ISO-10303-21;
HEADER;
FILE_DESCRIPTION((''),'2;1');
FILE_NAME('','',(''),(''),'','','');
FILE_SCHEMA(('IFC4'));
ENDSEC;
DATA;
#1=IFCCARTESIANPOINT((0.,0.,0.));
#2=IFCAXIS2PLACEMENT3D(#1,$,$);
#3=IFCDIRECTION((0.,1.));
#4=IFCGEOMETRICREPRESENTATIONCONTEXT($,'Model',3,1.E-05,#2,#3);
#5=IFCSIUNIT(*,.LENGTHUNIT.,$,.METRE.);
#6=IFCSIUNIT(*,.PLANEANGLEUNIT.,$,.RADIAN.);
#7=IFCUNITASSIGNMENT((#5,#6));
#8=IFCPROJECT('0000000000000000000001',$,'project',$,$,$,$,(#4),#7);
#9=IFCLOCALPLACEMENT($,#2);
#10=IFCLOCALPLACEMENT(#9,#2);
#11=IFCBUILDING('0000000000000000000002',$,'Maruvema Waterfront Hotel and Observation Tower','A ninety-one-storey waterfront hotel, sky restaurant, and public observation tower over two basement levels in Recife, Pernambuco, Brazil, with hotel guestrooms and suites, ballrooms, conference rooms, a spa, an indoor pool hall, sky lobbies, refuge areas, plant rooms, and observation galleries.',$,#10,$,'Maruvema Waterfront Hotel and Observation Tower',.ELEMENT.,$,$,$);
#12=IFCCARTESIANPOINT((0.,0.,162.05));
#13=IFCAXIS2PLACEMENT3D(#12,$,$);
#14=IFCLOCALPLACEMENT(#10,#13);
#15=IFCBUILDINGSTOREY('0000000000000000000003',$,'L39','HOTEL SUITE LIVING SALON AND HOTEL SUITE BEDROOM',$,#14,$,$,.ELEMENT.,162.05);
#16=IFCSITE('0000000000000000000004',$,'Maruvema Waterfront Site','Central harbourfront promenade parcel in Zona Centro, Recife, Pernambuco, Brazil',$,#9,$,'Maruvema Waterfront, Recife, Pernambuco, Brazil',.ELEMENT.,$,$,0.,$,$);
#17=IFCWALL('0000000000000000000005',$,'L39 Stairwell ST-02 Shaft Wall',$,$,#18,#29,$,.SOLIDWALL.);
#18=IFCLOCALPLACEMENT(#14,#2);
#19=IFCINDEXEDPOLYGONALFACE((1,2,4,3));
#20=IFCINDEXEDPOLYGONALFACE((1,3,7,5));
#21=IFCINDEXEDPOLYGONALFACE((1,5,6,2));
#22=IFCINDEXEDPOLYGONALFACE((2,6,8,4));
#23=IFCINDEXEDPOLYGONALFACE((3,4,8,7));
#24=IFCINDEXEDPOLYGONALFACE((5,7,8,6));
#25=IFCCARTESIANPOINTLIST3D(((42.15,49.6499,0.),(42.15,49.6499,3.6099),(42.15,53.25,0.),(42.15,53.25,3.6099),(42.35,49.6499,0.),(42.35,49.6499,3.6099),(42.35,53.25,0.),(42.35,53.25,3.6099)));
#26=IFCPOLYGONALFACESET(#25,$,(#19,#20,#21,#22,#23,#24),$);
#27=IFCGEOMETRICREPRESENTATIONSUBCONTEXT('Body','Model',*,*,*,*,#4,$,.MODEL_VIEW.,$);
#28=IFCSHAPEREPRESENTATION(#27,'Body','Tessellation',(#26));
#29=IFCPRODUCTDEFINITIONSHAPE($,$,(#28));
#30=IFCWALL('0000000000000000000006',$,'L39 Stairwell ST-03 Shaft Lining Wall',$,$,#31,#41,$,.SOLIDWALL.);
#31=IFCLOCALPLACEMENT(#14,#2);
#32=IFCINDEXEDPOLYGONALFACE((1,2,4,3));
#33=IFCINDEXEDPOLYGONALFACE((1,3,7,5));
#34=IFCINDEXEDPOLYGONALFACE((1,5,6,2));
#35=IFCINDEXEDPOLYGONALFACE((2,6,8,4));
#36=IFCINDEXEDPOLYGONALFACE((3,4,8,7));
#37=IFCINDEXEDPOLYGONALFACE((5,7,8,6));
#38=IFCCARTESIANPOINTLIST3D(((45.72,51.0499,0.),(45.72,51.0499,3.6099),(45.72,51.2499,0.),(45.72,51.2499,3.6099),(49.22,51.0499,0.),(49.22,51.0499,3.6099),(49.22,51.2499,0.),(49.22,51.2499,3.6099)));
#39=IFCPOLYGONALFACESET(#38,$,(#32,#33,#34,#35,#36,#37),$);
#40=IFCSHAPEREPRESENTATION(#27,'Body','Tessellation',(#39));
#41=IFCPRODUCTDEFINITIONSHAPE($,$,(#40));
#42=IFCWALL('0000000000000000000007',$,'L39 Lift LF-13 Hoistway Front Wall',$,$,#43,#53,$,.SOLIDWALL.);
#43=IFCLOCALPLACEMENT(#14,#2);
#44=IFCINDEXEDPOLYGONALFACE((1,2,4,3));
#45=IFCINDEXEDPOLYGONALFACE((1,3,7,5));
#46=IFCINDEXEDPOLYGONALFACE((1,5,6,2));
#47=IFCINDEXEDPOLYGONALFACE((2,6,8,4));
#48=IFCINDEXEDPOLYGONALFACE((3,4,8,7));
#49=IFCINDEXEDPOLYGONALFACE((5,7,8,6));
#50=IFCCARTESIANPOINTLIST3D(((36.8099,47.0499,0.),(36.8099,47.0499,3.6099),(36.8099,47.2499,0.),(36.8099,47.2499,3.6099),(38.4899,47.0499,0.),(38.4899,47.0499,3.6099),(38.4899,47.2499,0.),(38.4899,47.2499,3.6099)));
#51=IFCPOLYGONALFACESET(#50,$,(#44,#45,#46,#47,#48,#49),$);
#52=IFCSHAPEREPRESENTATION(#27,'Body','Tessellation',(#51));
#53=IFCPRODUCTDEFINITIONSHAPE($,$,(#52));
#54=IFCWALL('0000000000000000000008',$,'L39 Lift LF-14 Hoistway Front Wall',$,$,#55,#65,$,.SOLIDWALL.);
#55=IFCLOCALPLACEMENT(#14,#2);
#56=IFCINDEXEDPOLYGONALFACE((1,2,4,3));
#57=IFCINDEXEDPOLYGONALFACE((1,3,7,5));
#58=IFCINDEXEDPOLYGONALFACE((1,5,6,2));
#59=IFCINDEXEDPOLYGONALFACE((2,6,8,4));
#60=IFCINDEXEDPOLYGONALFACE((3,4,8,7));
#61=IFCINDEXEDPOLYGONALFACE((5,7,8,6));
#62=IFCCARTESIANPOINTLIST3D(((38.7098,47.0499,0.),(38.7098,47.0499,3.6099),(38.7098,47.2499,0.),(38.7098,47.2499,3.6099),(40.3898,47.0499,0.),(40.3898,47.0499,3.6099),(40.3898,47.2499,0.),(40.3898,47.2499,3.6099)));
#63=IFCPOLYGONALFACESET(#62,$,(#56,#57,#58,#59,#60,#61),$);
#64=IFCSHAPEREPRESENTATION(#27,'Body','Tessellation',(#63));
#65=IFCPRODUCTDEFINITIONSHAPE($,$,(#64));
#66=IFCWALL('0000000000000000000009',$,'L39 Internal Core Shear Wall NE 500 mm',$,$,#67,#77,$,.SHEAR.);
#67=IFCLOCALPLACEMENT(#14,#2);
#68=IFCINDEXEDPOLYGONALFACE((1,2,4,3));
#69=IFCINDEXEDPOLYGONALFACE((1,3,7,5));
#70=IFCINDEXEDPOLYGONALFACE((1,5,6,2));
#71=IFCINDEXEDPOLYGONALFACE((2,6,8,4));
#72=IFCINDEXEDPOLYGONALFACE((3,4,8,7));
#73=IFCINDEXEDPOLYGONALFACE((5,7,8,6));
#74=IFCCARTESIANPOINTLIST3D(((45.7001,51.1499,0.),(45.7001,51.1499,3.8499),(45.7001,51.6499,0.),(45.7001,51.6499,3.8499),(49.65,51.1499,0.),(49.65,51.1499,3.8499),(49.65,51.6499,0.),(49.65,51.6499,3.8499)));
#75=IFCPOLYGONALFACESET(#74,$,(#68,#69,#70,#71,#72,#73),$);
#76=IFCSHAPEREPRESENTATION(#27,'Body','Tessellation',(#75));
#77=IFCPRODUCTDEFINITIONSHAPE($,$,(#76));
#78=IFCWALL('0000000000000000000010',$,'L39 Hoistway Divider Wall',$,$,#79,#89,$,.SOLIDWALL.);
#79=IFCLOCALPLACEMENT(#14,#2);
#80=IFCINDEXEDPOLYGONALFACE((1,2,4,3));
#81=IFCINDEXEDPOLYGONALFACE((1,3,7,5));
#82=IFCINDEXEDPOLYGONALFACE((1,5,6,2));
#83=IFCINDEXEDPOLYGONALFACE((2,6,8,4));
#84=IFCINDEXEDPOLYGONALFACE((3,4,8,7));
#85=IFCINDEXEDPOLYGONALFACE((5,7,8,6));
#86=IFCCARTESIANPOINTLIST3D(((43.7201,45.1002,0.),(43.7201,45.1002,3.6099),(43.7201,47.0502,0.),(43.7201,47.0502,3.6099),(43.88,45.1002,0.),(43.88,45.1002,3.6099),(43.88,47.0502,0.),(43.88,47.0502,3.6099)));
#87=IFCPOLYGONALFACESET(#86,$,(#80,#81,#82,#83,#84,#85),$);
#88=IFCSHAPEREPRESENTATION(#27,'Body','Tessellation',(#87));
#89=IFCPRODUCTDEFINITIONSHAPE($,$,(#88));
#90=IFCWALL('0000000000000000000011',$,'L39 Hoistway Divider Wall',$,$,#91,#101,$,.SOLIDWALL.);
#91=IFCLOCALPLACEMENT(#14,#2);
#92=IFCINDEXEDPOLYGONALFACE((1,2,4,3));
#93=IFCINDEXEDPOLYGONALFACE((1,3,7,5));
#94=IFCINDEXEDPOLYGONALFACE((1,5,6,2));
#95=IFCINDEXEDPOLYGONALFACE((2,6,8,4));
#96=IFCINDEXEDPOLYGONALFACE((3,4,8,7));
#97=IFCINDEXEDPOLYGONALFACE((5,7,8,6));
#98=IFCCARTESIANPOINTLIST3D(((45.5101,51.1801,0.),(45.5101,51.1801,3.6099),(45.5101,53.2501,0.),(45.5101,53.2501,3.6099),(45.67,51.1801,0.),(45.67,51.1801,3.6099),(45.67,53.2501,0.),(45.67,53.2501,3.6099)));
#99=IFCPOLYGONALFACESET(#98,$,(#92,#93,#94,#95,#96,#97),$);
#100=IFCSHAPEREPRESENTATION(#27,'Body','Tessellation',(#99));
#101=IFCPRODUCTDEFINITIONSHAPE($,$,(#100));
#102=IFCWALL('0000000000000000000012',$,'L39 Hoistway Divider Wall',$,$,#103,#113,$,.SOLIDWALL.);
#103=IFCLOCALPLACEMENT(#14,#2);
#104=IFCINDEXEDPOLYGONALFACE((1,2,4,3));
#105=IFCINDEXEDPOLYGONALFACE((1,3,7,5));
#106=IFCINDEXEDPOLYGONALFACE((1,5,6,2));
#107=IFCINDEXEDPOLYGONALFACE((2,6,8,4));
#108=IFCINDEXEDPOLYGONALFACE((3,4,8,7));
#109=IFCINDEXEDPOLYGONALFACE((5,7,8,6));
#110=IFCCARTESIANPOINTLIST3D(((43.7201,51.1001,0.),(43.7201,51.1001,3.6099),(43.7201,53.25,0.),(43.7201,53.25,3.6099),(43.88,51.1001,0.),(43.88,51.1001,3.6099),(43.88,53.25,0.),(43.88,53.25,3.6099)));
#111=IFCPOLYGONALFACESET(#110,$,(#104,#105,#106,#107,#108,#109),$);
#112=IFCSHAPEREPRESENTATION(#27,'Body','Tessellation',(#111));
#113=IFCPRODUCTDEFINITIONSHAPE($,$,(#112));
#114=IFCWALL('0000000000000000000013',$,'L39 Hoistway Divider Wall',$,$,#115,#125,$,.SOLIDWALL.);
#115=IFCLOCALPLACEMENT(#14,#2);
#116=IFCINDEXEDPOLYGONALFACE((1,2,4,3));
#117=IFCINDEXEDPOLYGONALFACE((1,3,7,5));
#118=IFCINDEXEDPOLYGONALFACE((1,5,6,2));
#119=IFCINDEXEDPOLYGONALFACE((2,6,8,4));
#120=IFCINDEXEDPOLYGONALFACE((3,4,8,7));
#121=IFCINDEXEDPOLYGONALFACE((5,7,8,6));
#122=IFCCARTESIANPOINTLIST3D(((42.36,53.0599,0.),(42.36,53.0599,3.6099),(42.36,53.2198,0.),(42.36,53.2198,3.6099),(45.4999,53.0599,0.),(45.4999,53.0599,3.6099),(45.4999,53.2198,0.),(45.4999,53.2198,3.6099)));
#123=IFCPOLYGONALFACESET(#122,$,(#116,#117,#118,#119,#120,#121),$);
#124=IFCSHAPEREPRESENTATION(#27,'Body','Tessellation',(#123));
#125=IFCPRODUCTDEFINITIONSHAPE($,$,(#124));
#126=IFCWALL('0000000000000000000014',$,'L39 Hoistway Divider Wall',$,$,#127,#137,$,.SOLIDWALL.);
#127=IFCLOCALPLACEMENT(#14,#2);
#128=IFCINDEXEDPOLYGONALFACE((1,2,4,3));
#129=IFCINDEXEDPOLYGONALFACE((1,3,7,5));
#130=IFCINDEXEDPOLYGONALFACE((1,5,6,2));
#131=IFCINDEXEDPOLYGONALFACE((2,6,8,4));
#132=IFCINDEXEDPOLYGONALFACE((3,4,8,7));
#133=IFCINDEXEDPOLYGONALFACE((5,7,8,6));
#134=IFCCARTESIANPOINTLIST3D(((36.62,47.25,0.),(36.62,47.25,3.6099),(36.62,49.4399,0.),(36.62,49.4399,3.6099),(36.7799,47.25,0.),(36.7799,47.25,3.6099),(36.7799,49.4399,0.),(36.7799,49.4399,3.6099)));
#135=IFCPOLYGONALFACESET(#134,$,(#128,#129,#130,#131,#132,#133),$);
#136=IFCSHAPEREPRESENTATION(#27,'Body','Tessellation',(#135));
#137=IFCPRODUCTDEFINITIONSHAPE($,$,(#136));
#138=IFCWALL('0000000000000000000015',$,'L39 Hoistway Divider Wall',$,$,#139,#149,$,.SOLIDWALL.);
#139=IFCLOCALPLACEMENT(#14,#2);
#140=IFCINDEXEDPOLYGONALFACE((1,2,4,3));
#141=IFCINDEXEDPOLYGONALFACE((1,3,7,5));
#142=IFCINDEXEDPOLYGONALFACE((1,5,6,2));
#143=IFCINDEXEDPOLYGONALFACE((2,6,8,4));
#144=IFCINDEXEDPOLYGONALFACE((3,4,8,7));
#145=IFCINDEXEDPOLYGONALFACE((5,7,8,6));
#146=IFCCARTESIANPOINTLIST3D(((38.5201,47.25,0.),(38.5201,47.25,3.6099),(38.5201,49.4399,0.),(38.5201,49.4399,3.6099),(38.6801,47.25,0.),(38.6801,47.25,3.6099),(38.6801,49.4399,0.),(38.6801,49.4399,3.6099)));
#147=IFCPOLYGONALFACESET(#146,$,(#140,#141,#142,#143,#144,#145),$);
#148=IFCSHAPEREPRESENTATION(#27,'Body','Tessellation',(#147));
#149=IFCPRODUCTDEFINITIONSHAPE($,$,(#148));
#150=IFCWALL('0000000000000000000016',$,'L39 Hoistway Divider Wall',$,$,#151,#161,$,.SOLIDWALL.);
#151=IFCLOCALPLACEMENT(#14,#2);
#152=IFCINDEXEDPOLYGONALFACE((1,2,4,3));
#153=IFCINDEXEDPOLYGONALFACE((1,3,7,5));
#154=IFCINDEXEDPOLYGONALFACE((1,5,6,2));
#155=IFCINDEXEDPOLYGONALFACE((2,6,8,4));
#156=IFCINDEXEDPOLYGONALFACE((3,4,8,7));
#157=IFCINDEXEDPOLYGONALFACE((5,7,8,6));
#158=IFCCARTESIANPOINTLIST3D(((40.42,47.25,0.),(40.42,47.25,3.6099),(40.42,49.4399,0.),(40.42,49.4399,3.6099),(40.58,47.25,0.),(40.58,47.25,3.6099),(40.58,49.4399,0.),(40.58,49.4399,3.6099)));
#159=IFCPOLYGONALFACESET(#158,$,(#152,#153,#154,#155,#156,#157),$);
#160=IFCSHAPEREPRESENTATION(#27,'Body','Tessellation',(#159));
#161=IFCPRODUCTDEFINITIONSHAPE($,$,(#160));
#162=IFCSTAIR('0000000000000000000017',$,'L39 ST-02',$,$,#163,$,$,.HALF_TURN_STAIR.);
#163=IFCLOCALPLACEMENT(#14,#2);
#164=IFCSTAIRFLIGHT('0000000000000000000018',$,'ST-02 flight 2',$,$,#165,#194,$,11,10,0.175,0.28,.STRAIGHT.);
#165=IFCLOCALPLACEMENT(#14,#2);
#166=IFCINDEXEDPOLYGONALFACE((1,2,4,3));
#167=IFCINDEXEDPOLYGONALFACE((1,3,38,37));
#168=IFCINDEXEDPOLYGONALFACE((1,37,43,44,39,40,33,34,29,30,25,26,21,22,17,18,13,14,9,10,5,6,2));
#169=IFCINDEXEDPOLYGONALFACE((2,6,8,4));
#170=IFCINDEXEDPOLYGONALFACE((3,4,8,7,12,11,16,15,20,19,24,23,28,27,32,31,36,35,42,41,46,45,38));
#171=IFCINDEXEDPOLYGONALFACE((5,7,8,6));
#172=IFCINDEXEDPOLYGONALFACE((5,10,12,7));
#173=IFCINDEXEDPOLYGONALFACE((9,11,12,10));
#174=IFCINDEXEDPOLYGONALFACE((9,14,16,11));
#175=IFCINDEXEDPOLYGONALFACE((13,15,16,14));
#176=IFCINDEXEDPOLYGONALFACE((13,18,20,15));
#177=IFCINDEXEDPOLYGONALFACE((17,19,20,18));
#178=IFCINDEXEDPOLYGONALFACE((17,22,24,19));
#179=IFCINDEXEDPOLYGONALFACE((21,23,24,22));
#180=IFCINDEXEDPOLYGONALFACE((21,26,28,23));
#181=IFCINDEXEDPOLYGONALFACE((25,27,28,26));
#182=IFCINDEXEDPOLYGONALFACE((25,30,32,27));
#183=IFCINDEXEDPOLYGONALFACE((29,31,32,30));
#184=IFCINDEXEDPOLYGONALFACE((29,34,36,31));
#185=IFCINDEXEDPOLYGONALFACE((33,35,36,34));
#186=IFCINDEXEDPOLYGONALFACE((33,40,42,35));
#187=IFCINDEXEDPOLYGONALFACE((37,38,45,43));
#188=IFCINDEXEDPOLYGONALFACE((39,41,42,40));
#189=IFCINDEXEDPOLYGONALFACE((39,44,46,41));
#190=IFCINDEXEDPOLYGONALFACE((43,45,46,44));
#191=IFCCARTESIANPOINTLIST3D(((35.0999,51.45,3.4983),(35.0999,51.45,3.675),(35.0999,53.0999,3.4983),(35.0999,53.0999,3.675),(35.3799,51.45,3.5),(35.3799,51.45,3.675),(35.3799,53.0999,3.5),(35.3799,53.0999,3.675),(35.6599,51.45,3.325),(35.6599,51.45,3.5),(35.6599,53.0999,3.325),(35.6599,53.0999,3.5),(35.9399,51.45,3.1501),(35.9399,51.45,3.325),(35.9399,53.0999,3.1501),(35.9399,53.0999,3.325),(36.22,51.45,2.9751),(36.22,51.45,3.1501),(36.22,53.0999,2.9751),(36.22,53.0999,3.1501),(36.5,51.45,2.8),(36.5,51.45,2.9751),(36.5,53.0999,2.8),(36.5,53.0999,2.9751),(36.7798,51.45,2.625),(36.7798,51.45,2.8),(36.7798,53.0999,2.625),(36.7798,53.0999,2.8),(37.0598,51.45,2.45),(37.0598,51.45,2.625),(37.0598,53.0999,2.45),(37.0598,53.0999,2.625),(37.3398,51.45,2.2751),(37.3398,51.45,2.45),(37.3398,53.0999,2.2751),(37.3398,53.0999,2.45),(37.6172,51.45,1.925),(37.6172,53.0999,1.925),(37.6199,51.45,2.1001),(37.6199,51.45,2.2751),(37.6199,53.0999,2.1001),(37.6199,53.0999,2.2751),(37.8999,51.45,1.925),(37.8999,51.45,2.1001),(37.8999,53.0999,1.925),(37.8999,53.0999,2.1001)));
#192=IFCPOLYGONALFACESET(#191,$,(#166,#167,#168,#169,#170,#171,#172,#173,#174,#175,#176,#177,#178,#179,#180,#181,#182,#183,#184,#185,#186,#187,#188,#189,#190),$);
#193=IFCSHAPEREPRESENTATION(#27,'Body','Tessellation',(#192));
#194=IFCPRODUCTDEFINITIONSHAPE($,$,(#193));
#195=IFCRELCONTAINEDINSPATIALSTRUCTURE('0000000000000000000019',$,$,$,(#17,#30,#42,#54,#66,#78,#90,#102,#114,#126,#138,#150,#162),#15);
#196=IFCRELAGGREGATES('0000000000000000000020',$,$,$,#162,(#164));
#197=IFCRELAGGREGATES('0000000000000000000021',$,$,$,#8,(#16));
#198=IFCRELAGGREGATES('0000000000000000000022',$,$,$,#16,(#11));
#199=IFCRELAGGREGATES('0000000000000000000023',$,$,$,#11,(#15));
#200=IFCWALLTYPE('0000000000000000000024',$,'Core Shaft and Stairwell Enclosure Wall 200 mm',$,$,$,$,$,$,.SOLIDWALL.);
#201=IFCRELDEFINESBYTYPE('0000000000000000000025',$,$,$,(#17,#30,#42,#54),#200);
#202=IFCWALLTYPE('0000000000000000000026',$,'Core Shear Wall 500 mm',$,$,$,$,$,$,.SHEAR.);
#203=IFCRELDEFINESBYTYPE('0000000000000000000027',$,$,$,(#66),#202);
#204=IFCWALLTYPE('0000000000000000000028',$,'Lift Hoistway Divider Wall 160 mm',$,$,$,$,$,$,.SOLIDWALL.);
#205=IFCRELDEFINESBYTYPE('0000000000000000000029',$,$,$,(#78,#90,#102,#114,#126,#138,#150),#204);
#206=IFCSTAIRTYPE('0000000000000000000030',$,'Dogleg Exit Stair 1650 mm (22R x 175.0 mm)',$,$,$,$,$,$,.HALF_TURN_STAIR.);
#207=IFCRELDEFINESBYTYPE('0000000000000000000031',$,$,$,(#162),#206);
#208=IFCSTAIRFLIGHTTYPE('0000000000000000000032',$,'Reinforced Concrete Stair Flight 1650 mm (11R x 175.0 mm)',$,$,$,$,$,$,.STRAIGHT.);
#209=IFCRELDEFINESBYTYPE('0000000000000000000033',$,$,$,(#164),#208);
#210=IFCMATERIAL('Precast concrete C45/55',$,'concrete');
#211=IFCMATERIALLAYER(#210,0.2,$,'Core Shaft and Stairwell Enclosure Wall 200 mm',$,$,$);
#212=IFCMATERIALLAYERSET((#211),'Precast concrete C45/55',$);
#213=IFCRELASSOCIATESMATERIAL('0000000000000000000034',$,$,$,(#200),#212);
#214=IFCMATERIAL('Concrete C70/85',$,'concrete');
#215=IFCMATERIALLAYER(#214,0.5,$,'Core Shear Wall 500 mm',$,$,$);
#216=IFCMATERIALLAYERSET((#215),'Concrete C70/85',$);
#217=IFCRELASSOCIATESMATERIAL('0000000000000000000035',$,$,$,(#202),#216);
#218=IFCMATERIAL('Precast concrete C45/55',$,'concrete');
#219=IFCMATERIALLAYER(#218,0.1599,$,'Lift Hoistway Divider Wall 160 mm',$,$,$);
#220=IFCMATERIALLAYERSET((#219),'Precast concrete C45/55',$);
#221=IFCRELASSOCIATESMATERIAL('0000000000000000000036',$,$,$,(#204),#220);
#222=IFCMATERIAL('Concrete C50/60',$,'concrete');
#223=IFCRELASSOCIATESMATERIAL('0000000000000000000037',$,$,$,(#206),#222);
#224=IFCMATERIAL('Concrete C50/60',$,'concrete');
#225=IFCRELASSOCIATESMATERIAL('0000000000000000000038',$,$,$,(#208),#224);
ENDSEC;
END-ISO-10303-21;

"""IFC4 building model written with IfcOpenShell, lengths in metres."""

from ifc_helpers import new_model, si_unit, direction, frame, frame_2d, origin, place, context, subcontext, project, spatial, polyline, rectangle, outline, extrude, material, layer, layer_set, type_object, element, aggregate, save


model = new_model("IFC4")

# Units and contexts
model_context = context("Model", 3, precision=1e-05, world=origin(), true_north=direction((0.0, 1.0)))
body_context = subcontext(model_context, "Body", "Model", "MODEL_VIEW")
ifc_project = project(units=[si_unit("LENGTHUNIT", "METRE"), si_unit("PLANEANGLEUNIT", "RADIAN")], contexts=[model_context])

# Site, building, storey
site_placement = place(None, origin())
site = spatial("IfcSite", under=ifc_project, at=site_placement, Name="Maruvema Waterfront Site", Description="Central harbourfront promenade parcel in Zona Centro, Recife, Pernambuco, Brazil", LongName="Maruvema Waterfront, Recife, Pernambuco, Brazil", CompositionType="ELEMENT", RefElevation=0.0)
building_placement = place(site_placement, origin())
building = spatial("IfcBuilding", under=site, at=building_placement, Name="Maruvema Waterfront Hotel and Observation Tower", Description="A ninety-one-storey waterfront hotel, sky restaurant, and public observation tower over two basement levels in Recife, Pernambuco, Brazil, with hotel guestrooms and suites, ballrooms, conference rooms, a spa, an indoor pool hall, sky lobbies, refuge areas, plant rooms, and observation galleries.", LongName="Maruvema Waterfront Hotel and Observation Tower", CompositionType="ELEMENT")
storey_placement = place(building_placement, frame((0.0, 0.0, 162.05)))
storey = spatial("IfcBuildingStorey", under=building, at=storey_placement, Name="L39", Description="HOTEL SUITE LIVING SALON AND HOTEL SUITE BEDROOM", CompositionType="ELEMENT", Elevation=162.05)

# Walls
ifc_material_1 = material(Name="Precast concrete C45/55", Category="concrete")
ifc_layer_1 = layer(ifc_material_1, 0.2, Name="Core Shaft and Stairwell Enclosure Wall 200 mm")
ifc_layer_set_1 = layer_set([ifc_layer_1], Name="Precast concrete C45/55")
wall_type_1 = type_object("IfcWallType", Name="Core Shaft and Stairwell Enclosure Wall 200 mm", PredefinedType="SOLIDWALL", material=ifc_layer_set_1)
wall_1_placement = place(storey_placement, frame((42.25, 49.6499, 0.0), z_axis=(0.0, 0.0, 1.0), x_axis=(0.0, 1.0, 0.0)))
element("IfcWall", 1, at=wall_1_placement, inside=storey, type_object=wall_type_1, Name="L39 Stairwell ST-02 Shaft Wall", PredefinedType="SOLIDWALL", context=body_context, shape_type="SweptSolid", body=[
    extrude(rectangle(XDim=3.6001, YDim=0.2, at=frame_2d((1.8, 0.0))), origin(), (0.0, 0.0, 1.0), 3.6099),
])
wall_2_placement = place(storey_placement, frame((45.72, 51.1499, 0.0), z_axis=(0.0, 0.0, 1.0), x_axis=(1.0, 0.0, 0.0)))
element("IfcWall", 2, at=wall_2_placement, inside=storey, type_object=wall_type_1, Name="L39 Stairwell ST-03 Shaft Lining Wall", PredefinedType="SOLIDWALL", context=body_context, shape_type="SweptSolid", body=[
    extrude(rectangle(XDim=3.5, YDim=0.2, at=frame_2d((1.75, 0.0))), origin(), (0.0, 0.0, 1.0), 3.6099),
])

# Walls
for number, where, z_axis, x_axis, name in (
    (3, (36.8101, 47.1499, 0.0), (0.0, 0.0, 1.0), (1.0, 0.0, 0.0), "L39 Lift LF-13 Hoistway Front Wall"),
    (4, (38.71, 47.1499, 0.0), (0.0, 0.0, 1.0), (1.0, 0.0, 0.0), "L39 Lift LF-14 Hoistway Front Wall"),
):
    element("IfcWall", number, at=place(storey_placement, frame(where, z_axis=z_axis, x_axis=x_axis)), inside=storey, type_object=wall_type_1, Name=name, PredefinedType="SOLIDWALL", context=body_context, shape_type="SweptSolid", body=[
        extrude(rectangle(XDim=1.6799, YDim=0.2, at=frame_2d((0.8398, 0.0))), origin(), (0.0, 0.0, 1.0), 3.6099),
    ])
ifc_material_2 = material(Name="Concrete C70/85", Category="concrete")
ifc_layer_2 = layer(ifc_material_2, 0.5, Name="Core Shear Wall 500 mm")
ifc_layer_set_2 = layer_set([ifc_layer_2], Name="Concrete C70/85")
wall_type_2 = type_object("IfcWallType", Name="Core Shear Wall 500 mm", PredefinedType="SHEAR", material=ifc_layer_set_2)
wall_3_placement = place(storey_placement, frame((45.7, 51.3999, 0.0), z_axis=(0.0, 0.0, 1.0), x_axis=(1.0, 0.0, 0.0)))
element("IfcWall", 5, at=wall_3_placement, inside=storey, type_object=wall_type_2, Name="L39 Internal Core Shear Wall NE 500 mm", PredefinedType="SHEAR", context=body_context, shape_type="SweptSolid", body=[
    extrude(rectangle(XDim=3.95, YDim=0.5, at=frame_2d((1.9751, 0.0))), origin(), (0.0, 0.0, 1.0), 3.8499),
])
ifc_material_3 = material(Name="Precast concrete C45/55", Category="concrete")
ifc_layer_3 = layer(ifc_material_3, 0.1599, Name="Lift Hoistway Divider Wall 160 mm")
ifc_layer_set_3 = layer_set([ifc_layer_3], Name="Precast concrete C45/55")
wall_type_3 = type_object("IfcWallType", Name="Lift Hoistway Divider Wall 160 mm", PredefinedType="SOLIDWALL", material=ifc_layer_set_3)
wall_4_placement = place(storey_placement, frame((43.8, 45.1001, 0.0), z_axis=(0.0, 0.0, 1.0), x_axis=(0.0, 1.0, 0.0)))
element("IfcWall", 6, at=wall_4_placement, inside=storey, type_object=wall_type_3, Name="L39 Hoistway Divider Wall", PredefinedType="SOLIDWALL", context=body_context, shape_type="SweptSolid", body=[
    extrude(rectangle(XDim=1.95, YDim=0.1599, at=frame_2d((0.9751, 0.0))), origin(), (0.0, 0.0, 1.0), 3.6099),
])
wall_5_placement = place(storey_placement, frame((45.5901, 51.1799, 0.0), z_axis=(0.0, 0.0, 1.0), x_axis=(0.0, 1.0, 0.0)))
element("IfcWall", 7, at=wall_5_placement, inside=storey, type_object=wall_type_3, Name="L39 Hoistway Divider Wall", PredefinedType="SOLIDWALL", context=body_context, shape_type="SweptSolid", body=[
    extrude(rectangle(XDim=2.0701, YDim=0.1599, at=frame_2d((1.0352, 0.0))), origin(), (0.0, 0.0, 1.0), 3.6099),
])
wall_6_placement = place(storey_placement, frame((43.8, 51.1001, 0.0), z_axis=(0.0, 0.0, 1.0), x_axis=(0.0, 1.0, 0.0)))
element("IfcWall", 8, at=wall_6_placement, inside=storey, type_object=wall_type_3, Name="L39 Hoistway Divider Wall", PredefinedType="SOLIDWALL", context=body_context, shape_type="SweptSolid", body=[
    extrude(rectangle(XDim=2.1499, YDim=0.1599, at=frame_2d((1.075, 0.0))), origin(), (0.0, 0.0, 1.0), 3.6099),
])
wall_7_placement = place(storey_placement, frame((42.3601, 53.1399, 0.0), z_axis=(0.0, 0.0, 1.0), x_axis=(1.0, 0.0, 0.0)))
element("IfcWall", 9, at=wall_7_placement, inside=storey, type_object=wall_type_3, Name="L39 Hoistway Divider Wall", PredefinedType="SOLIDWALL", context=body_context, shape_type="SweptSolid", body=[
    extrude(rectangle(XDim=3.1399, YDim=0.1599, at=frame_2d((1.5698, 0.0))), origin(), (0.0, 0.0, 1.0), 3.6099),
])
for number, where, z_axis, x_axis, name in (
    (10, (36.7, 47.25, 0.0), (0.0, 0.0, 1.0), (0.0, 1.0, 0.0), "L39 Hoistway Divider Wall"),
    (11, (38.6001, 47.25, 0.0), (0.0, 0.0, 1.0), (0.0, 1.0, 0.0), "L39 Hoistway Divider Wall"),
    (12, (40.5, 47.25, 0.0), (0.0, 0.0, 1.0), (0.0, 1.0, 0.0), "L39 Hoistway Divider Wall"),
):
    element("IfcWall", number, at=place(storey_placement, frame(where, z_axis=z_axis, x_axis=x_axis)), inside=storey, type_object=wall_type_3, Name=name, PredefinedType="SOLIDWALL", context=body_context, shape_type="SweptSolid", body=[
        extrude(rectangle(XDim=2.1899, YDim=0.1599, at=frame_2d((1.095, 0.0))), origin(), (0.0, 0.0, 1.0), 3.6099),
    ])

# Stair, stair flight
ifc_material_4 = material(Name="Concrete C50/60", Category="concrete")
stair_type = type_object("IfcStairType", Name="Dogleg Exit Stair 1650 mm (22R x 175.0 mm)", PredefinedType="HALF_TURN_STAIR", material=ifc_material_4)
stair_1_placement = place(storey_placement, origin())
stair_1 = element("IfcStair", 13, at=stair_1_placement, inside=storey, type_object=stair_type, Name="L39 ST-02", PredefinedType="HALF_TURN_STAIR")
ifc_material_5 = material(Name="Concrete C50/60", Category="concrete")
stair_flight_type = type_object("IfcStairFlightType", Name="Reinforced Concrete Stair Flight 1650 mm (11R x 175.0 mm)", PredefinedType="STRAIGHT", material=ifc_material_5)
stair_flight_1_placement = place(storey_placement, frame((37.8999, 52.2749, 1.925), z_axis=(0.0, 0.0, 1.0), x_axis=(-1.0, 0.0, 0.0)))
stair_flight_1 = element("IfcStairFlight", 14, at=stair_flight_1_placement, type_object=stair_flight_type, Name="ST-02 flight 2", NumberOfRisers=11, NumberOfTreads=10, PredefinedType="STRAIGHT", RiserHeight=0.175, TreadLength=0.28, context=body_context, shape_type="SweptSolid", body=[
    extrude(outline(polyline([(0.0, 0.0), (0.0, 0.175), (0.28, 0.175), (0.28, 0.3501), (0.5601, 0.3501), (0.5601, 0.5249), (0.8401, 0.5249), (0.8401, 0.7), (1.1201, 0.7), (1.1201, 0.875), (1.3999, 0.875), (1.3999, 1.05), (1.6799, 1.05), (1.6799, 1.2251), (1.96, 1.2251), (1.96, 1.3999), (2.24, 1.3999), (2.24, 1.575), (2.52, 1.575), (2.52, 1.75), (2.8, 1.75), (2.8, 1.925), (2.8, 1.5732), (0.2827, 0.0), (0.0, 0.0)])), frame((0.0, 0.825, 0.0), z_axis=(0.0, -1.0, 0.0), x_axis=(1.0, 0.0, 0.0)), (0.0, 0.0, 1.0), 1.6499),
])
aggregate(stair_1, [stair_flight_1])

save(model, "model.ifc")
